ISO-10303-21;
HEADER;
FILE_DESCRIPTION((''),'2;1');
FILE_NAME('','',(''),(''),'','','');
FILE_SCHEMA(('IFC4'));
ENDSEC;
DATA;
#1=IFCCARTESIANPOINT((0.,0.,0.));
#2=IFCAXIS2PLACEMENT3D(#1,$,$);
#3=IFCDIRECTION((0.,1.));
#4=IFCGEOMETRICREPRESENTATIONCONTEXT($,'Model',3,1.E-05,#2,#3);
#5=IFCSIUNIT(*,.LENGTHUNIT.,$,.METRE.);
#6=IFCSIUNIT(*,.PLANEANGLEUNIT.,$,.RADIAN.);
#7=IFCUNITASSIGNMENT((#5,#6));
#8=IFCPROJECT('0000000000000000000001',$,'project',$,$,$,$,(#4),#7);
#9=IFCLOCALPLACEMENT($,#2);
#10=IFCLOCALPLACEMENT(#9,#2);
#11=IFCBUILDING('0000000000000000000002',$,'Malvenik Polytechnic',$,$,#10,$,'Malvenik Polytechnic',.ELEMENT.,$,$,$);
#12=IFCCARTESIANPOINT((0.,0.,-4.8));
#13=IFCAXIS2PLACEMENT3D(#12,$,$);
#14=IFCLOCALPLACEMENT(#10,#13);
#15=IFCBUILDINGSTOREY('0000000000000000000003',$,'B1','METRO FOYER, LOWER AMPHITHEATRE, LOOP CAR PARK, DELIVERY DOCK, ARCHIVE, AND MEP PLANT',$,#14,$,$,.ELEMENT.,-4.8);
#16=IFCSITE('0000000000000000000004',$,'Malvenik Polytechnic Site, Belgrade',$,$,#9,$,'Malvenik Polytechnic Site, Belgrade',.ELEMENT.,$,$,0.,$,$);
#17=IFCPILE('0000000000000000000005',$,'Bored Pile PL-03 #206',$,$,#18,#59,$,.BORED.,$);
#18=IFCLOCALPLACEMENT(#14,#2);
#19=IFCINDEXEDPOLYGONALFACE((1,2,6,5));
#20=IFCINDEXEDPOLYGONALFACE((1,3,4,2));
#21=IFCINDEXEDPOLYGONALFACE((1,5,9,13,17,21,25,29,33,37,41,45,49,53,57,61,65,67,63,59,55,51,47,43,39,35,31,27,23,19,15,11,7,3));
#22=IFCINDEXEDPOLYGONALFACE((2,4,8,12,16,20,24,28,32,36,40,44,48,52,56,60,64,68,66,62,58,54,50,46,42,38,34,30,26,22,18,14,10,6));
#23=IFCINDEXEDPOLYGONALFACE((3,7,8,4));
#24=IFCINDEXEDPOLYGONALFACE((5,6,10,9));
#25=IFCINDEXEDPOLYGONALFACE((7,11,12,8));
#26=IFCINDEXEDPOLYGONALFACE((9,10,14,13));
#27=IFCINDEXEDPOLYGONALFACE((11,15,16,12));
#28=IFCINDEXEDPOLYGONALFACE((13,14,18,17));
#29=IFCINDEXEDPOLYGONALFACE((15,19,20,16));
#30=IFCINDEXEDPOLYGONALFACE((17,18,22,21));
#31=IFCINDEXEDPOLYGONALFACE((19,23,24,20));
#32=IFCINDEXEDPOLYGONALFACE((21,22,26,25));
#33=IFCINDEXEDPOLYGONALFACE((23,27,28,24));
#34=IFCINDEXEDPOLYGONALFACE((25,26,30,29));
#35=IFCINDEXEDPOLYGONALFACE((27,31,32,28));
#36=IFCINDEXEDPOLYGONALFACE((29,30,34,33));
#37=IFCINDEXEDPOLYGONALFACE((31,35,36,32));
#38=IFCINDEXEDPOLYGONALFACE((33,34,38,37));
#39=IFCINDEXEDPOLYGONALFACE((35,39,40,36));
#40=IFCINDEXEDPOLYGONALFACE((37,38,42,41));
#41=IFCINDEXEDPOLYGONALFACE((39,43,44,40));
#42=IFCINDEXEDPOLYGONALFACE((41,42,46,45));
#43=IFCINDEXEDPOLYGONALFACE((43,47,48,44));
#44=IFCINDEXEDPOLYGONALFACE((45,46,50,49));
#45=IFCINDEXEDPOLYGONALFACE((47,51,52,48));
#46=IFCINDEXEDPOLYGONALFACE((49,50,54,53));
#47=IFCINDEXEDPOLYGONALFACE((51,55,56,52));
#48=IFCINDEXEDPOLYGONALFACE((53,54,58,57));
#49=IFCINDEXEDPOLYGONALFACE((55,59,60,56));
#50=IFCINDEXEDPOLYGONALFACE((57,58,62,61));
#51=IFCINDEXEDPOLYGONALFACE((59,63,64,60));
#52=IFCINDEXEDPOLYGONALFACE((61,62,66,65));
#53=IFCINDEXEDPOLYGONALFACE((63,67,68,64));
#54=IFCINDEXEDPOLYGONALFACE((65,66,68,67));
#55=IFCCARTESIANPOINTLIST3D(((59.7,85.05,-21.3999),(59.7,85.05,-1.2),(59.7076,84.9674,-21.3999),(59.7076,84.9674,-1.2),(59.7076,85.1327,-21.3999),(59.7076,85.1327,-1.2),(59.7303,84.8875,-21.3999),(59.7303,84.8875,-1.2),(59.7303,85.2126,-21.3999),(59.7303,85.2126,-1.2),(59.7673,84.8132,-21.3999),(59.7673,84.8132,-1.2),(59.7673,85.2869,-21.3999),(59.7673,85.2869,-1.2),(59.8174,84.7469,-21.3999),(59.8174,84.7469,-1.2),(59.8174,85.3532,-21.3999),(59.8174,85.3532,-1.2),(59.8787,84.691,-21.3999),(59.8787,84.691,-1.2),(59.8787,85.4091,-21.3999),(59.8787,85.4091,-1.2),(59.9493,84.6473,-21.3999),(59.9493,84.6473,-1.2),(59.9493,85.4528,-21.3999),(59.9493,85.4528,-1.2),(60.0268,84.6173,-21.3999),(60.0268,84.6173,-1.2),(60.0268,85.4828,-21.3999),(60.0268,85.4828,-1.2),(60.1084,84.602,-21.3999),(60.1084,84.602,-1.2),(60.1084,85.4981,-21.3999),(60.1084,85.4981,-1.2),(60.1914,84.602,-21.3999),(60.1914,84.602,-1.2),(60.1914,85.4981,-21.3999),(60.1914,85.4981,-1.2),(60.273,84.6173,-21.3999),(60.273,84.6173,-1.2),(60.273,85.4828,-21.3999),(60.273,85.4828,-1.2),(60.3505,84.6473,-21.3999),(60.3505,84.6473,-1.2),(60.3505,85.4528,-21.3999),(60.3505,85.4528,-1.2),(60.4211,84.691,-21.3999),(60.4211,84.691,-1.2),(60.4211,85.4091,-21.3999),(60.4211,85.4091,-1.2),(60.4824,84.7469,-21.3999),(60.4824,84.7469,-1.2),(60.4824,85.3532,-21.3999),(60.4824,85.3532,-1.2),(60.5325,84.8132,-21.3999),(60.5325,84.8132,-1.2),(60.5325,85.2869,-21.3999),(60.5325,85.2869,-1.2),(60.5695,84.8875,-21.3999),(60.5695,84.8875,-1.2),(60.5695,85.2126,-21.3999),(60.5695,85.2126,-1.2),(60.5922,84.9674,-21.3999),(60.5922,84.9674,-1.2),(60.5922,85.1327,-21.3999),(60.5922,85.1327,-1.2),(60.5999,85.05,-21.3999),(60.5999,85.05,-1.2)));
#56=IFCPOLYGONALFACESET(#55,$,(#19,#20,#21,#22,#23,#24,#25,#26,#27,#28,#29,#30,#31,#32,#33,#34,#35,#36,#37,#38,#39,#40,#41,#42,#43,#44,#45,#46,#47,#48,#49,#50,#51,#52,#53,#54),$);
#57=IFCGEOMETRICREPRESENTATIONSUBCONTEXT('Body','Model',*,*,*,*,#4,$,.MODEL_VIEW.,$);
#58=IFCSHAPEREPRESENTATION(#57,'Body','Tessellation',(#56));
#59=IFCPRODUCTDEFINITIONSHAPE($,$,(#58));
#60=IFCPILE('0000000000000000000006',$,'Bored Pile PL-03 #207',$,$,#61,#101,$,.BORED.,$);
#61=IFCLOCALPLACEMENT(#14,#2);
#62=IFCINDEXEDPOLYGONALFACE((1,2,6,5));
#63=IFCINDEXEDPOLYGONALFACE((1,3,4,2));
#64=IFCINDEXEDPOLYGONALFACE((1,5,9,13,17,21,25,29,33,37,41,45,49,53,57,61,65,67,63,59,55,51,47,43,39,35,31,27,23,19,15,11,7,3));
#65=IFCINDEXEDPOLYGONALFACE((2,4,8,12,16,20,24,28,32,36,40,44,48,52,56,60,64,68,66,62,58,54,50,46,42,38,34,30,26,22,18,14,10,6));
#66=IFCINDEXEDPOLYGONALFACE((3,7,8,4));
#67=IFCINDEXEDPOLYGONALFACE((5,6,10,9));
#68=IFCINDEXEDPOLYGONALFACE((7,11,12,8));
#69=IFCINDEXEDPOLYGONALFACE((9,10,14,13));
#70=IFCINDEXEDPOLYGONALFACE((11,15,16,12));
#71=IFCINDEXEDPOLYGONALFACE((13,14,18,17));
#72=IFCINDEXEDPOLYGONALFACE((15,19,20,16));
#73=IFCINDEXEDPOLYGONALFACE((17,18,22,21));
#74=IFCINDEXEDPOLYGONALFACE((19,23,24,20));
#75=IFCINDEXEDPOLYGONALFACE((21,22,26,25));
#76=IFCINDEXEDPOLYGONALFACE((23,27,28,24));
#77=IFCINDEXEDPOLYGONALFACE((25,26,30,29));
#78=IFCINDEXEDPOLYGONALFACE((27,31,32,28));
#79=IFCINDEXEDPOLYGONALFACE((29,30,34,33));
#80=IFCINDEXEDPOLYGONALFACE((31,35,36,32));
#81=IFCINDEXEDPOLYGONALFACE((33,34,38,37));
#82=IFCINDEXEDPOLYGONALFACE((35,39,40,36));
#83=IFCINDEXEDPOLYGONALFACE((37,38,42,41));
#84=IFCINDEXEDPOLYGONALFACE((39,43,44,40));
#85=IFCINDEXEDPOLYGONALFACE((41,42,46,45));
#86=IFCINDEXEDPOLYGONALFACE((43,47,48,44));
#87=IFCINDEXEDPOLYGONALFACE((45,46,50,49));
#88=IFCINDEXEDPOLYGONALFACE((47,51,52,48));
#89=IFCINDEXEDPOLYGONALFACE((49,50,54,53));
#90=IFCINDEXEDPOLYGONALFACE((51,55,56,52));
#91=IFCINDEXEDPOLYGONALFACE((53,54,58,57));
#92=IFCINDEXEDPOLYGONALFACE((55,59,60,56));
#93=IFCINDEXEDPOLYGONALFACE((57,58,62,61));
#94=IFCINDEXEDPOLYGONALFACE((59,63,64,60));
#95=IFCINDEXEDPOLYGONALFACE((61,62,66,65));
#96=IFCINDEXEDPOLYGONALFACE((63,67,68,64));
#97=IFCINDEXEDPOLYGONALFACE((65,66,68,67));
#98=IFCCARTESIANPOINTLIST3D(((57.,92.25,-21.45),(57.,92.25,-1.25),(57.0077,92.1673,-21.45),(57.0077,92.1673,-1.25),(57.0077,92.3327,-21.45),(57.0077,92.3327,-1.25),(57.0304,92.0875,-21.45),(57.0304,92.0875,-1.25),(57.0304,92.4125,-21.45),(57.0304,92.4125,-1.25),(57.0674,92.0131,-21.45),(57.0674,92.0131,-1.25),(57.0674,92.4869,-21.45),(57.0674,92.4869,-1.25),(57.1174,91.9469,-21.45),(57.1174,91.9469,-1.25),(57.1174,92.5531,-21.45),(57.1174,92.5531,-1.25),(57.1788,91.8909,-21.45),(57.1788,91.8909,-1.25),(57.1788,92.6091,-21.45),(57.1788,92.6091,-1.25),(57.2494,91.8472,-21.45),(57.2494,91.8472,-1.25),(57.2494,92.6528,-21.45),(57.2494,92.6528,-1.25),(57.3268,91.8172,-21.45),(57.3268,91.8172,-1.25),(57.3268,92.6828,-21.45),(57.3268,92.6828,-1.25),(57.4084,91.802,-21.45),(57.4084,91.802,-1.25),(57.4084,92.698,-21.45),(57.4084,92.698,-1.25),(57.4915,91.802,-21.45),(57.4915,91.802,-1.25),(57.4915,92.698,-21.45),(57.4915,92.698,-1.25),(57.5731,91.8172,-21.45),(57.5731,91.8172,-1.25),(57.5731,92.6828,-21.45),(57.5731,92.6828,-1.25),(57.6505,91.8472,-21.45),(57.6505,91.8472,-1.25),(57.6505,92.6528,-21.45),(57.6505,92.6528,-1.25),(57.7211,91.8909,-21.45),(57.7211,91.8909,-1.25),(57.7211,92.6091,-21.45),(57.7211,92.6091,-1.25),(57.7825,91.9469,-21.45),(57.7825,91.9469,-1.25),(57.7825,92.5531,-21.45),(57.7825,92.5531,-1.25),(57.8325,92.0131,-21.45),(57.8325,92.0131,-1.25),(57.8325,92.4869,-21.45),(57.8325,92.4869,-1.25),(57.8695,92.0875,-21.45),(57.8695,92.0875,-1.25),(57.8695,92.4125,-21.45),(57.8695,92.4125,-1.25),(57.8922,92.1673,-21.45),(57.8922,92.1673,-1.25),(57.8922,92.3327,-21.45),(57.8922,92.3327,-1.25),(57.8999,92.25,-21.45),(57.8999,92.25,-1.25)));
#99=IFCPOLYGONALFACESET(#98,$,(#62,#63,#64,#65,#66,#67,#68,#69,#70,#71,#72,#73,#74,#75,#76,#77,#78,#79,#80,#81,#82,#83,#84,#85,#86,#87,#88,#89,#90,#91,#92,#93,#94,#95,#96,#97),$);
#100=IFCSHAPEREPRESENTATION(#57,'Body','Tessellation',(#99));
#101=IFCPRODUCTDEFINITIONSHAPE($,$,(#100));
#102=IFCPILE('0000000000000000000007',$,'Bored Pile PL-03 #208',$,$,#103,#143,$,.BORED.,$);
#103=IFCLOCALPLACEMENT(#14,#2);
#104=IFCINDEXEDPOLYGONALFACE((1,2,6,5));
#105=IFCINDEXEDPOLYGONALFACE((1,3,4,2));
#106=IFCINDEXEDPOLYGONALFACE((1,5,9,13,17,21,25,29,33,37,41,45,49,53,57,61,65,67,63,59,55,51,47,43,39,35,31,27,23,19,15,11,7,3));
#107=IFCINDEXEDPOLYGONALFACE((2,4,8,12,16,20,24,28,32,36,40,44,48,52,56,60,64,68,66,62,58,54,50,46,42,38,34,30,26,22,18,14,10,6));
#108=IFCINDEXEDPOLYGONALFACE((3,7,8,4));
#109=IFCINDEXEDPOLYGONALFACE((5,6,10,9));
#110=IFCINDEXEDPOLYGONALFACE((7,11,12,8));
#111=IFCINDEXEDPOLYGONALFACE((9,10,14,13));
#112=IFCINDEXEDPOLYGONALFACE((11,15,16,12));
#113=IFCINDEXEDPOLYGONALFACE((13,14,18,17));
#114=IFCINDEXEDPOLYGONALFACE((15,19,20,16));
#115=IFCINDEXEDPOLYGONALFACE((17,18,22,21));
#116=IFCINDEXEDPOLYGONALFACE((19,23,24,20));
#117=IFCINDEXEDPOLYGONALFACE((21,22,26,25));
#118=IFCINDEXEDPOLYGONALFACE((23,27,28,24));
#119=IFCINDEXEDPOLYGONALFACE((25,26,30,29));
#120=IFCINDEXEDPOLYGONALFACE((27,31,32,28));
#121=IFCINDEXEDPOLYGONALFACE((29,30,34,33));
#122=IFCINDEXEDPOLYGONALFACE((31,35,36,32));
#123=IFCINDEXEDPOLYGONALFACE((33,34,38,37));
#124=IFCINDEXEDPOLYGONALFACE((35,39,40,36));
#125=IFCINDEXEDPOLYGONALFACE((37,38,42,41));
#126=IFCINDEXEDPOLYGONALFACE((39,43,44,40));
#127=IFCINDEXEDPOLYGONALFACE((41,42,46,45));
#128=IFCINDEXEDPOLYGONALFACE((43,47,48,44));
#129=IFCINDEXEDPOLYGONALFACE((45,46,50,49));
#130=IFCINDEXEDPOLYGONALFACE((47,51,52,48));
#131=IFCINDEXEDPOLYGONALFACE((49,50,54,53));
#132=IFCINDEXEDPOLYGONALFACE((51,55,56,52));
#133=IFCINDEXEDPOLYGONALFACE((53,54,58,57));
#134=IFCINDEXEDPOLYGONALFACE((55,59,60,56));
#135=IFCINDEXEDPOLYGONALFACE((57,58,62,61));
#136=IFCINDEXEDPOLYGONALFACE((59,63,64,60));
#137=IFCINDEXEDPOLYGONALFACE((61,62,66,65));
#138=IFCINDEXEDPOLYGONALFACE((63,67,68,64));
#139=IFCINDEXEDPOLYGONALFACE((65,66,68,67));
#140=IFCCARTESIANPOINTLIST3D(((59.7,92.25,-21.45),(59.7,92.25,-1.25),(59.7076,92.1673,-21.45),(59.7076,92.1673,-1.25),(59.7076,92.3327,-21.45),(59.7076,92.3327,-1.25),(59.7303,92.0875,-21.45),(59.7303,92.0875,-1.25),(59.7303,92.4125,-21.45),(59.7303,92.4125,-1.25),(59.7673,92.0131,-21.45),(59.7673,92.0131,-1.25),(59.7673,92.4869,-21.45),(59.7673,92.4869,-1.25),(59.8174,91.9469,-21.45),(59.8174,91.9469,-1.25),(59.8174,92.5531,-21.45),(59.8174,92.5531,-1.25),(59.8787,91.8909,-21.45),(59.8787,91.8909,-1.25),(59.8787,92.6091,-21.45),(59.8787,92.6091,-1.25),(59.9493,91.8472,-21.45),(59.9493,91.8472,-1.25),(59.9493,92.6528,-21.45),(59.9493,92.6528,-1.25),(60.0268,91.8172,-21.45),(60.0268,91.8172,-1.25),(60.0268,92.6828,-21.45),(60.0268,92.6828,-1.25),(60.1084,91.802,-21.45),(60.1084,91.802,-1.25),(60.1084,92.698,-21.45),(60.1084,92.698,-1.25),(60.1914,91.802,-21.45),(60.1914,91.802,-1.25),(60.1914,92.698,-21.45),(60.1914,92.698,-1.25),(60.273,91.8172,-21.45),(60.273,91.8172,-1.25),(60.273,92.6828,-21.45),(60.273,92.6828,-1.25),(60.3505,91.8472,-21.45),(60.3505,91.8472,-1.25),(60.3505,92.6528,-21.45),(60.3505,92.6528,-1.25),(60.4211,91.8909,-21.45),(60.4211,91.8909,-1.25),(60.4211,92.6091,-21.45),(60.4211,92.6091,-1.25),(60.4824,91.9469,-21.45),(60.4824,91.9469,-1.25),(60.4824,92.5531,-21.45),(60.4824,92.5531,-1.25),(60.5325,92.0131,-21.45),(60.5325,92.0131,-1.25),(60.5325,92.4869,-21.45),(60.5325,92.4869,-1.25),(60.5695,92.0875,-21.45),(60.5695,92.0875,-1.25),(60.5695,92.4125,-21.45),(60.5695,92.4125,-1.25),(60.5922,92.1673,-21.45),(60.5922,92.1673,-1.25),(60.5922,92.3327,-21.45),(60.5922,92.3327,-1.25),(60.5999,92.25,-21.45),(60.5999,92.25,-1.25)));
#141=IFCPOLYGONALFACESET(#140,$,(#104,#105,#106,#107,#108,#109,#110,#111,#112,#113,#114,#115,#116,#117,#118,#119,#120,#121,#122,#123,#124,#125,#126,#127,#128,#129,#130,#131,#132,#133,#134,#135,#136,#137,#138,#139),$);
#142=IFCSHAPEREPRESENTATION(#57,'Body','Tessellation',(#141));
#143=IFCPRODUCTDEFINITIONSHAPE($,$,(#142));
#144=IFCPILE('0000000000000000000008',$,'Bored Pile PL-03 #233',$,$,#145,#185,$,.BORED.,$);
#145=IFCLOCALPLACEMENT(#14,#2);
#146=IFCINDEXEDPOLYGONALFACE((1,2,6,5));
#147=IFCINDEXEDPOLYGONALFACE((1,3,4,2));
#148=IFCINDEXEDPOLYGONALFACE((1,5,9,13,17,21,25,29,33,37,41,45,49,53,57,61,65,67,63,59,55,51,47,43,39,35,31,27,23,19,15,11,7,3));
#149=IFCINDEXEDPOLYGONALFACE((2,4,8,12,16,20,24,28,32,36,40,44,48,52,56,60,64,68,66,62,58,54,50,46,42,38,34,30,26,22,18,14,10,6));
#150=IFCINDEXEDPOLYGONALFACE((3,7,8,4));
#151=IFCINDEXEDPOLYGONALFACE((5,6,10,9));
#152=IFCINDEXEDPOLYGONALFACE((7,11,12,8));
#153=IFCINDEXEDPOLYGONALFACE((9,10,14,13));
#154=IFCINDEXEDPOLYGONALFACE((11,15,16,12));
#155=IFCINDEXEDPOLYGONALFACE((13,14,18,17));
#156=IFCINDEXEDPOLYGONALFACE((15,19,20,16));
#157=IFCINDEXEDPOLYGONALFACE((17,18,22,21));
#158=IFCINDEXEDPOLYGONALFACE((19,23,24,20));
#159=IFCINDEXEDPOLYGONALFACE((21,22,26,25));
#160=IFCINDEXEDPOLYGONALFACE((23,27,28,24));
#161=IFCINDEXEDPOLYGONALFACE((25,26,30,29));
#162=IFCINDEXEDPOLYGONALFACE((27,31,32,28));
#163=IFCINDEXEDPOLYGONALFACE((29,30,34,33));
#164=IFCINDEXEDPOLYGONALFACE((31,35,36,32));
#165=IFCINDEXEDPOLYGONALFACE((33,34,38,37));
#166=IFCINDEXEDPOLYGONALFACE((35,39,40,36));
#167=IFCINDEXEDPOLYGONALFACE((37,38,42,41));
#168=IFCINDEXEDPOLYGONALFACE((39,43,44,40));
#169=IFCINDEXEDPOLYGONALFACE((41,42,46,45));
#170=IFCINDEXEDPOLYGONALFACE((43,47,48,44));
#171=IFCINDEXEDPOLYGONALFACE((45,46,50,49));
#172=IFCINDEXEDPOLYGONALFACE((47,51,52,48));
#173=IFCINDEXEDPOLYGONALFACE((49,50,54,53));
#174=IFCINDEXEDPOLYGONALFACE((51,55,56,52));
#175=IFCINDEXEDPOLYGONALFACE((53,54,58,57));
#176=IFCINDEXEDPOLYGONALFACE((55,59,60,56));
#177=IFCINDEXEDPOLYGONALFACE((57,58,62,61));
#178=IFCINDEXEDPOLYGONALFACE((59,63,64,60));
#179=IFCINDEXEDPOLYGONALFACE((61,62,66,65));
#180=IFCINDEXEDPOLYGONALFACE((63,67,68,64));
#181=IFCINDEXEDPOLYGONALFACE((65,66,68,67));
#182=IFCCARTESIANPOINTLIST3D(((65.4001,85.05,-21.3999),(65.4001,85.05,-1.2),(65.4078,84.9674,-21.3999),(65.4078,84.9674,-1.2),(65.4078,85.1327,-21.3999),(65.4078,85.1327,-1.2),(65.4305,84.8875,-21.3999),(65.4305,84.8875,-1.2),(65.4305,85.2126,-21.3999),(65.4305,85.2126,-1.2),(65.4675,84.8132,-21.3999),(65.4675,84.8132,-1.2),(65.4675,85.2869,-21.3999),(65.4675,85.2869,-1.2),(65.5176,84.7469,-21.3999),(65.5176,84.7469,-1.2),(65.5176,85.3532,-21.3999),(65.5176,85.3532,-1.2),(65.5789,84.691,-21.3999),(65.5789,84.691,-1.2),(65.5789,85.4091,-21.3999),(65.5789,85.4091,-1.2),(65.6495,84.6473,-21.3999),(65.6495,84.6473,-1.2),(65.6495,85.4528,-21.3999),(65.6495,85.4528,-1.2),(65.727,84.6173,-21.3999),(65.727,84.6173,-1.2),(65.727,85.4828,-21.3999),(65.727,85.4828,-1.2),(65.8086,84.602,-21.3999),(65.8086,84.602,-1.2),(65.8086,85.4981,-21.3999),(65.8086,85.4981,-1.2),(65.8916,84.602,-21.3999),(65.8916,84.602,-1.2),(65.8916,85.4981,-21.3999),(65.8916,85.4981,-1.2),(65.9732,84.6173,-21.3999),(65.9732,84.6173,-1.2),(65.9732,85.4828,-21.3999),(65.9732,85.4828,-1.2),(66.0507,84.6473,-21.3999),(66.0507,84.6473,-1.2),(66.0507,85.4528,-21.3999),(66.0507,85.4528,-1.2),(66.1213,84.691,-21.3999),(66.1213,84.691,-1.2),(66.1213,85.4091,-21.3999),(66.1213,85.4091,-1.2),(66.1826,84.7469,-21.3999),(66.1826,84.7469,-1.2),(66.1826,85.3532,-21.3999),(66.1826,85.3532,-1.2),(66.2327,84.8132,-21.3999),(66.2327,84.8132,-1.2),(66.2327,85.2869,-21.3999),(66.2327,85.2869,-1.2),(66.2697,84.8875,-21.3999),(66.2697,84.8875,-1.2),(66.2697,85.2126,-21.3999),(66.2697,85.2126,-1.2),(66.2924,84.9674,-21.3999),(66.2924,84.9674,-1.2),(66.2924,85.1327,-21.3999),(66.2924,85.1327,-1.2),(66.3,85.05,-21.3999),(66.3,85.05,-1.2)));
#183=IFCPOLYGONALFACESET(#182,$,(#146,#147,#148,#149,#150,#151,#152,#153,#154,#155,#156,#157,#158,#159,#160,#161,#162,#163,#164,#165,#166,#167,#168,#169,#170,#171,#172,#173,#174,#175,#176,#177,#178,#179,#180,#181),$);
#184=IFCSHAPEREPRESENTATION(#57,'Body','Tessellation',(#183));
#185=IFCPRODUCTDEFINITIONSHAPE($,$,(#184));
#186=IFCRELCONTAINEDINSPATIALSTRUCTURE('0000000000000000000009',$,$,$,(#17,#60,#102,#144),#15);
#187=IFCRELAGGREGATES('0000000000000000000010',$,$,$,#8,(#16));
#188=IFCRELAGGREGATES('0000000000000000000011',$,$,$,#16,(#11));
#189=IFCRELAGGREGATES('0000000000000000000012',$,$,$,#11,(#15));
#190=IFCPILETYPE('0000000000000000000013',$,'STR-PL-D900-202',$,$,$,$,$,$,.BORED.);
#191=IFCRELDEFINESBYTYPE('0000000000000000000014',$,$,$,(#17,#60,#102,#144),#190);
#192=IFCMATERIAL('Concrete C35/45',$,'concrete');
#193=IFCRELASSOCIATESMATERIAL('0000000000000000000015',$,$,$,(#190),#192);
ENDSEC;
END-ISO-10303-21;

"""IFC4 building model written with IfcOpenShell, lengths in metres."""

from ifc_helpers import new_model, si_unit, direction, frame, origin, origin_2d, place, context, subcontext, project, spatial, circle, extrude, material, material_profile, profile_set, type_object, element, save


model = new_model("IFC4")

# Units and contexts
model_context = context("Model", 3, precision=1e-05, world=origin(), true_north=direction((0.0, 1.0)))
body_context = subcontext(model_context, "Body", "Model", "MODEL_VIEW")
ifc_project = project(units=[si_unit("LENGTHUNIT", "METRE"), si_unit("PLANEANGLEUNIT", "RADIAN")], contexts=[model_context])

# Site, building, storey
site_placement = place(None, origin())
site = spatial("IfcSite", under=ifc_project, at=site_placement, Name="Malvenik Polytechnic Site, Belgrade", LongName="Malvenik Polytechnic Site, Belgrade", CompositionType="ELEMENT", RefElevation=0.0)
building_placement = place(site_placement, origin())
building = spatial("IfcBuilding", under=site, at=building_placement, Name="Malvenik Polytechnic", LongName="Malvenik Polytechnic", CompositionType="ELEMENT")
storey_placement = place(building_placement, frame((0.0, 0.0, -4.8)))
storey = spatial("IfcBuildingStorey", under=building, at=storey_placement, Name="B1", Description="METRO FOYER, LOWER AMPHITHEATRE, LOOP CAR PARK, DELIVERY DOCK, ARCHIVE, AND MEP PLANT", CompositionType="ELEMENT", Elevation=-4.8)

# Shared definitions
ifc_material_1 = material(Name="Concrete C35/45", Category="concrete")

# Piles
ifc_material_profile_1 = material_profile(ifc_material_1, circle(Radius=0.45, at=origin_2d()), Name="BORED PILE D900")
ifc_profile_set_1 = profile_set([ifc_material_profile_1], Name="Concrete C35/45")
pile_type = type_object("IfcPileType", Name="STR-PL-D900-202", PredefinedType="BORED", material=ifc_profile_set_1)
for number, where, z_axis, x_axis, name in (
    (1, (60.1499, 85.05, -1.2), (0.0, 0.0, -1.0), (1.0, 0.0, 0.0), "Bored Pile PL-03 #206"),
    (2, (57.45, 92.25, -1.25), (0.0, 0.0, -1.0), (1.0, 0.0, 0.0), "Bored Pile PL-03 #207"),
    (3, (60.1499, 92.25, -1.25), (0.0, 0.0, -1.0), (1.0, 0.0, 0.0), "Bored Pile PL-03 #208"),
    (4, (65.8501, 85.05, -1.2), (0.0, 0.0, -1.0), (1.0, 0.0, 0.0), "Bored Pile PL-03 #233"),
):
    element("IfcPile", number, at=place(storey_placement, frame(where, z_axis=z_axis, x_axis=x_axis)), inside=storey, type_object=pile_type, Name=name, PredefinedType="BORED", context=body_context, shape_type="SweptSolid", body=[
        extrude(circle(Radius=0.45, at=origin_2d()), origin(), (0.0, 0.0, 1.0), 20.2),
    ])

save(model, "model.ifc")
